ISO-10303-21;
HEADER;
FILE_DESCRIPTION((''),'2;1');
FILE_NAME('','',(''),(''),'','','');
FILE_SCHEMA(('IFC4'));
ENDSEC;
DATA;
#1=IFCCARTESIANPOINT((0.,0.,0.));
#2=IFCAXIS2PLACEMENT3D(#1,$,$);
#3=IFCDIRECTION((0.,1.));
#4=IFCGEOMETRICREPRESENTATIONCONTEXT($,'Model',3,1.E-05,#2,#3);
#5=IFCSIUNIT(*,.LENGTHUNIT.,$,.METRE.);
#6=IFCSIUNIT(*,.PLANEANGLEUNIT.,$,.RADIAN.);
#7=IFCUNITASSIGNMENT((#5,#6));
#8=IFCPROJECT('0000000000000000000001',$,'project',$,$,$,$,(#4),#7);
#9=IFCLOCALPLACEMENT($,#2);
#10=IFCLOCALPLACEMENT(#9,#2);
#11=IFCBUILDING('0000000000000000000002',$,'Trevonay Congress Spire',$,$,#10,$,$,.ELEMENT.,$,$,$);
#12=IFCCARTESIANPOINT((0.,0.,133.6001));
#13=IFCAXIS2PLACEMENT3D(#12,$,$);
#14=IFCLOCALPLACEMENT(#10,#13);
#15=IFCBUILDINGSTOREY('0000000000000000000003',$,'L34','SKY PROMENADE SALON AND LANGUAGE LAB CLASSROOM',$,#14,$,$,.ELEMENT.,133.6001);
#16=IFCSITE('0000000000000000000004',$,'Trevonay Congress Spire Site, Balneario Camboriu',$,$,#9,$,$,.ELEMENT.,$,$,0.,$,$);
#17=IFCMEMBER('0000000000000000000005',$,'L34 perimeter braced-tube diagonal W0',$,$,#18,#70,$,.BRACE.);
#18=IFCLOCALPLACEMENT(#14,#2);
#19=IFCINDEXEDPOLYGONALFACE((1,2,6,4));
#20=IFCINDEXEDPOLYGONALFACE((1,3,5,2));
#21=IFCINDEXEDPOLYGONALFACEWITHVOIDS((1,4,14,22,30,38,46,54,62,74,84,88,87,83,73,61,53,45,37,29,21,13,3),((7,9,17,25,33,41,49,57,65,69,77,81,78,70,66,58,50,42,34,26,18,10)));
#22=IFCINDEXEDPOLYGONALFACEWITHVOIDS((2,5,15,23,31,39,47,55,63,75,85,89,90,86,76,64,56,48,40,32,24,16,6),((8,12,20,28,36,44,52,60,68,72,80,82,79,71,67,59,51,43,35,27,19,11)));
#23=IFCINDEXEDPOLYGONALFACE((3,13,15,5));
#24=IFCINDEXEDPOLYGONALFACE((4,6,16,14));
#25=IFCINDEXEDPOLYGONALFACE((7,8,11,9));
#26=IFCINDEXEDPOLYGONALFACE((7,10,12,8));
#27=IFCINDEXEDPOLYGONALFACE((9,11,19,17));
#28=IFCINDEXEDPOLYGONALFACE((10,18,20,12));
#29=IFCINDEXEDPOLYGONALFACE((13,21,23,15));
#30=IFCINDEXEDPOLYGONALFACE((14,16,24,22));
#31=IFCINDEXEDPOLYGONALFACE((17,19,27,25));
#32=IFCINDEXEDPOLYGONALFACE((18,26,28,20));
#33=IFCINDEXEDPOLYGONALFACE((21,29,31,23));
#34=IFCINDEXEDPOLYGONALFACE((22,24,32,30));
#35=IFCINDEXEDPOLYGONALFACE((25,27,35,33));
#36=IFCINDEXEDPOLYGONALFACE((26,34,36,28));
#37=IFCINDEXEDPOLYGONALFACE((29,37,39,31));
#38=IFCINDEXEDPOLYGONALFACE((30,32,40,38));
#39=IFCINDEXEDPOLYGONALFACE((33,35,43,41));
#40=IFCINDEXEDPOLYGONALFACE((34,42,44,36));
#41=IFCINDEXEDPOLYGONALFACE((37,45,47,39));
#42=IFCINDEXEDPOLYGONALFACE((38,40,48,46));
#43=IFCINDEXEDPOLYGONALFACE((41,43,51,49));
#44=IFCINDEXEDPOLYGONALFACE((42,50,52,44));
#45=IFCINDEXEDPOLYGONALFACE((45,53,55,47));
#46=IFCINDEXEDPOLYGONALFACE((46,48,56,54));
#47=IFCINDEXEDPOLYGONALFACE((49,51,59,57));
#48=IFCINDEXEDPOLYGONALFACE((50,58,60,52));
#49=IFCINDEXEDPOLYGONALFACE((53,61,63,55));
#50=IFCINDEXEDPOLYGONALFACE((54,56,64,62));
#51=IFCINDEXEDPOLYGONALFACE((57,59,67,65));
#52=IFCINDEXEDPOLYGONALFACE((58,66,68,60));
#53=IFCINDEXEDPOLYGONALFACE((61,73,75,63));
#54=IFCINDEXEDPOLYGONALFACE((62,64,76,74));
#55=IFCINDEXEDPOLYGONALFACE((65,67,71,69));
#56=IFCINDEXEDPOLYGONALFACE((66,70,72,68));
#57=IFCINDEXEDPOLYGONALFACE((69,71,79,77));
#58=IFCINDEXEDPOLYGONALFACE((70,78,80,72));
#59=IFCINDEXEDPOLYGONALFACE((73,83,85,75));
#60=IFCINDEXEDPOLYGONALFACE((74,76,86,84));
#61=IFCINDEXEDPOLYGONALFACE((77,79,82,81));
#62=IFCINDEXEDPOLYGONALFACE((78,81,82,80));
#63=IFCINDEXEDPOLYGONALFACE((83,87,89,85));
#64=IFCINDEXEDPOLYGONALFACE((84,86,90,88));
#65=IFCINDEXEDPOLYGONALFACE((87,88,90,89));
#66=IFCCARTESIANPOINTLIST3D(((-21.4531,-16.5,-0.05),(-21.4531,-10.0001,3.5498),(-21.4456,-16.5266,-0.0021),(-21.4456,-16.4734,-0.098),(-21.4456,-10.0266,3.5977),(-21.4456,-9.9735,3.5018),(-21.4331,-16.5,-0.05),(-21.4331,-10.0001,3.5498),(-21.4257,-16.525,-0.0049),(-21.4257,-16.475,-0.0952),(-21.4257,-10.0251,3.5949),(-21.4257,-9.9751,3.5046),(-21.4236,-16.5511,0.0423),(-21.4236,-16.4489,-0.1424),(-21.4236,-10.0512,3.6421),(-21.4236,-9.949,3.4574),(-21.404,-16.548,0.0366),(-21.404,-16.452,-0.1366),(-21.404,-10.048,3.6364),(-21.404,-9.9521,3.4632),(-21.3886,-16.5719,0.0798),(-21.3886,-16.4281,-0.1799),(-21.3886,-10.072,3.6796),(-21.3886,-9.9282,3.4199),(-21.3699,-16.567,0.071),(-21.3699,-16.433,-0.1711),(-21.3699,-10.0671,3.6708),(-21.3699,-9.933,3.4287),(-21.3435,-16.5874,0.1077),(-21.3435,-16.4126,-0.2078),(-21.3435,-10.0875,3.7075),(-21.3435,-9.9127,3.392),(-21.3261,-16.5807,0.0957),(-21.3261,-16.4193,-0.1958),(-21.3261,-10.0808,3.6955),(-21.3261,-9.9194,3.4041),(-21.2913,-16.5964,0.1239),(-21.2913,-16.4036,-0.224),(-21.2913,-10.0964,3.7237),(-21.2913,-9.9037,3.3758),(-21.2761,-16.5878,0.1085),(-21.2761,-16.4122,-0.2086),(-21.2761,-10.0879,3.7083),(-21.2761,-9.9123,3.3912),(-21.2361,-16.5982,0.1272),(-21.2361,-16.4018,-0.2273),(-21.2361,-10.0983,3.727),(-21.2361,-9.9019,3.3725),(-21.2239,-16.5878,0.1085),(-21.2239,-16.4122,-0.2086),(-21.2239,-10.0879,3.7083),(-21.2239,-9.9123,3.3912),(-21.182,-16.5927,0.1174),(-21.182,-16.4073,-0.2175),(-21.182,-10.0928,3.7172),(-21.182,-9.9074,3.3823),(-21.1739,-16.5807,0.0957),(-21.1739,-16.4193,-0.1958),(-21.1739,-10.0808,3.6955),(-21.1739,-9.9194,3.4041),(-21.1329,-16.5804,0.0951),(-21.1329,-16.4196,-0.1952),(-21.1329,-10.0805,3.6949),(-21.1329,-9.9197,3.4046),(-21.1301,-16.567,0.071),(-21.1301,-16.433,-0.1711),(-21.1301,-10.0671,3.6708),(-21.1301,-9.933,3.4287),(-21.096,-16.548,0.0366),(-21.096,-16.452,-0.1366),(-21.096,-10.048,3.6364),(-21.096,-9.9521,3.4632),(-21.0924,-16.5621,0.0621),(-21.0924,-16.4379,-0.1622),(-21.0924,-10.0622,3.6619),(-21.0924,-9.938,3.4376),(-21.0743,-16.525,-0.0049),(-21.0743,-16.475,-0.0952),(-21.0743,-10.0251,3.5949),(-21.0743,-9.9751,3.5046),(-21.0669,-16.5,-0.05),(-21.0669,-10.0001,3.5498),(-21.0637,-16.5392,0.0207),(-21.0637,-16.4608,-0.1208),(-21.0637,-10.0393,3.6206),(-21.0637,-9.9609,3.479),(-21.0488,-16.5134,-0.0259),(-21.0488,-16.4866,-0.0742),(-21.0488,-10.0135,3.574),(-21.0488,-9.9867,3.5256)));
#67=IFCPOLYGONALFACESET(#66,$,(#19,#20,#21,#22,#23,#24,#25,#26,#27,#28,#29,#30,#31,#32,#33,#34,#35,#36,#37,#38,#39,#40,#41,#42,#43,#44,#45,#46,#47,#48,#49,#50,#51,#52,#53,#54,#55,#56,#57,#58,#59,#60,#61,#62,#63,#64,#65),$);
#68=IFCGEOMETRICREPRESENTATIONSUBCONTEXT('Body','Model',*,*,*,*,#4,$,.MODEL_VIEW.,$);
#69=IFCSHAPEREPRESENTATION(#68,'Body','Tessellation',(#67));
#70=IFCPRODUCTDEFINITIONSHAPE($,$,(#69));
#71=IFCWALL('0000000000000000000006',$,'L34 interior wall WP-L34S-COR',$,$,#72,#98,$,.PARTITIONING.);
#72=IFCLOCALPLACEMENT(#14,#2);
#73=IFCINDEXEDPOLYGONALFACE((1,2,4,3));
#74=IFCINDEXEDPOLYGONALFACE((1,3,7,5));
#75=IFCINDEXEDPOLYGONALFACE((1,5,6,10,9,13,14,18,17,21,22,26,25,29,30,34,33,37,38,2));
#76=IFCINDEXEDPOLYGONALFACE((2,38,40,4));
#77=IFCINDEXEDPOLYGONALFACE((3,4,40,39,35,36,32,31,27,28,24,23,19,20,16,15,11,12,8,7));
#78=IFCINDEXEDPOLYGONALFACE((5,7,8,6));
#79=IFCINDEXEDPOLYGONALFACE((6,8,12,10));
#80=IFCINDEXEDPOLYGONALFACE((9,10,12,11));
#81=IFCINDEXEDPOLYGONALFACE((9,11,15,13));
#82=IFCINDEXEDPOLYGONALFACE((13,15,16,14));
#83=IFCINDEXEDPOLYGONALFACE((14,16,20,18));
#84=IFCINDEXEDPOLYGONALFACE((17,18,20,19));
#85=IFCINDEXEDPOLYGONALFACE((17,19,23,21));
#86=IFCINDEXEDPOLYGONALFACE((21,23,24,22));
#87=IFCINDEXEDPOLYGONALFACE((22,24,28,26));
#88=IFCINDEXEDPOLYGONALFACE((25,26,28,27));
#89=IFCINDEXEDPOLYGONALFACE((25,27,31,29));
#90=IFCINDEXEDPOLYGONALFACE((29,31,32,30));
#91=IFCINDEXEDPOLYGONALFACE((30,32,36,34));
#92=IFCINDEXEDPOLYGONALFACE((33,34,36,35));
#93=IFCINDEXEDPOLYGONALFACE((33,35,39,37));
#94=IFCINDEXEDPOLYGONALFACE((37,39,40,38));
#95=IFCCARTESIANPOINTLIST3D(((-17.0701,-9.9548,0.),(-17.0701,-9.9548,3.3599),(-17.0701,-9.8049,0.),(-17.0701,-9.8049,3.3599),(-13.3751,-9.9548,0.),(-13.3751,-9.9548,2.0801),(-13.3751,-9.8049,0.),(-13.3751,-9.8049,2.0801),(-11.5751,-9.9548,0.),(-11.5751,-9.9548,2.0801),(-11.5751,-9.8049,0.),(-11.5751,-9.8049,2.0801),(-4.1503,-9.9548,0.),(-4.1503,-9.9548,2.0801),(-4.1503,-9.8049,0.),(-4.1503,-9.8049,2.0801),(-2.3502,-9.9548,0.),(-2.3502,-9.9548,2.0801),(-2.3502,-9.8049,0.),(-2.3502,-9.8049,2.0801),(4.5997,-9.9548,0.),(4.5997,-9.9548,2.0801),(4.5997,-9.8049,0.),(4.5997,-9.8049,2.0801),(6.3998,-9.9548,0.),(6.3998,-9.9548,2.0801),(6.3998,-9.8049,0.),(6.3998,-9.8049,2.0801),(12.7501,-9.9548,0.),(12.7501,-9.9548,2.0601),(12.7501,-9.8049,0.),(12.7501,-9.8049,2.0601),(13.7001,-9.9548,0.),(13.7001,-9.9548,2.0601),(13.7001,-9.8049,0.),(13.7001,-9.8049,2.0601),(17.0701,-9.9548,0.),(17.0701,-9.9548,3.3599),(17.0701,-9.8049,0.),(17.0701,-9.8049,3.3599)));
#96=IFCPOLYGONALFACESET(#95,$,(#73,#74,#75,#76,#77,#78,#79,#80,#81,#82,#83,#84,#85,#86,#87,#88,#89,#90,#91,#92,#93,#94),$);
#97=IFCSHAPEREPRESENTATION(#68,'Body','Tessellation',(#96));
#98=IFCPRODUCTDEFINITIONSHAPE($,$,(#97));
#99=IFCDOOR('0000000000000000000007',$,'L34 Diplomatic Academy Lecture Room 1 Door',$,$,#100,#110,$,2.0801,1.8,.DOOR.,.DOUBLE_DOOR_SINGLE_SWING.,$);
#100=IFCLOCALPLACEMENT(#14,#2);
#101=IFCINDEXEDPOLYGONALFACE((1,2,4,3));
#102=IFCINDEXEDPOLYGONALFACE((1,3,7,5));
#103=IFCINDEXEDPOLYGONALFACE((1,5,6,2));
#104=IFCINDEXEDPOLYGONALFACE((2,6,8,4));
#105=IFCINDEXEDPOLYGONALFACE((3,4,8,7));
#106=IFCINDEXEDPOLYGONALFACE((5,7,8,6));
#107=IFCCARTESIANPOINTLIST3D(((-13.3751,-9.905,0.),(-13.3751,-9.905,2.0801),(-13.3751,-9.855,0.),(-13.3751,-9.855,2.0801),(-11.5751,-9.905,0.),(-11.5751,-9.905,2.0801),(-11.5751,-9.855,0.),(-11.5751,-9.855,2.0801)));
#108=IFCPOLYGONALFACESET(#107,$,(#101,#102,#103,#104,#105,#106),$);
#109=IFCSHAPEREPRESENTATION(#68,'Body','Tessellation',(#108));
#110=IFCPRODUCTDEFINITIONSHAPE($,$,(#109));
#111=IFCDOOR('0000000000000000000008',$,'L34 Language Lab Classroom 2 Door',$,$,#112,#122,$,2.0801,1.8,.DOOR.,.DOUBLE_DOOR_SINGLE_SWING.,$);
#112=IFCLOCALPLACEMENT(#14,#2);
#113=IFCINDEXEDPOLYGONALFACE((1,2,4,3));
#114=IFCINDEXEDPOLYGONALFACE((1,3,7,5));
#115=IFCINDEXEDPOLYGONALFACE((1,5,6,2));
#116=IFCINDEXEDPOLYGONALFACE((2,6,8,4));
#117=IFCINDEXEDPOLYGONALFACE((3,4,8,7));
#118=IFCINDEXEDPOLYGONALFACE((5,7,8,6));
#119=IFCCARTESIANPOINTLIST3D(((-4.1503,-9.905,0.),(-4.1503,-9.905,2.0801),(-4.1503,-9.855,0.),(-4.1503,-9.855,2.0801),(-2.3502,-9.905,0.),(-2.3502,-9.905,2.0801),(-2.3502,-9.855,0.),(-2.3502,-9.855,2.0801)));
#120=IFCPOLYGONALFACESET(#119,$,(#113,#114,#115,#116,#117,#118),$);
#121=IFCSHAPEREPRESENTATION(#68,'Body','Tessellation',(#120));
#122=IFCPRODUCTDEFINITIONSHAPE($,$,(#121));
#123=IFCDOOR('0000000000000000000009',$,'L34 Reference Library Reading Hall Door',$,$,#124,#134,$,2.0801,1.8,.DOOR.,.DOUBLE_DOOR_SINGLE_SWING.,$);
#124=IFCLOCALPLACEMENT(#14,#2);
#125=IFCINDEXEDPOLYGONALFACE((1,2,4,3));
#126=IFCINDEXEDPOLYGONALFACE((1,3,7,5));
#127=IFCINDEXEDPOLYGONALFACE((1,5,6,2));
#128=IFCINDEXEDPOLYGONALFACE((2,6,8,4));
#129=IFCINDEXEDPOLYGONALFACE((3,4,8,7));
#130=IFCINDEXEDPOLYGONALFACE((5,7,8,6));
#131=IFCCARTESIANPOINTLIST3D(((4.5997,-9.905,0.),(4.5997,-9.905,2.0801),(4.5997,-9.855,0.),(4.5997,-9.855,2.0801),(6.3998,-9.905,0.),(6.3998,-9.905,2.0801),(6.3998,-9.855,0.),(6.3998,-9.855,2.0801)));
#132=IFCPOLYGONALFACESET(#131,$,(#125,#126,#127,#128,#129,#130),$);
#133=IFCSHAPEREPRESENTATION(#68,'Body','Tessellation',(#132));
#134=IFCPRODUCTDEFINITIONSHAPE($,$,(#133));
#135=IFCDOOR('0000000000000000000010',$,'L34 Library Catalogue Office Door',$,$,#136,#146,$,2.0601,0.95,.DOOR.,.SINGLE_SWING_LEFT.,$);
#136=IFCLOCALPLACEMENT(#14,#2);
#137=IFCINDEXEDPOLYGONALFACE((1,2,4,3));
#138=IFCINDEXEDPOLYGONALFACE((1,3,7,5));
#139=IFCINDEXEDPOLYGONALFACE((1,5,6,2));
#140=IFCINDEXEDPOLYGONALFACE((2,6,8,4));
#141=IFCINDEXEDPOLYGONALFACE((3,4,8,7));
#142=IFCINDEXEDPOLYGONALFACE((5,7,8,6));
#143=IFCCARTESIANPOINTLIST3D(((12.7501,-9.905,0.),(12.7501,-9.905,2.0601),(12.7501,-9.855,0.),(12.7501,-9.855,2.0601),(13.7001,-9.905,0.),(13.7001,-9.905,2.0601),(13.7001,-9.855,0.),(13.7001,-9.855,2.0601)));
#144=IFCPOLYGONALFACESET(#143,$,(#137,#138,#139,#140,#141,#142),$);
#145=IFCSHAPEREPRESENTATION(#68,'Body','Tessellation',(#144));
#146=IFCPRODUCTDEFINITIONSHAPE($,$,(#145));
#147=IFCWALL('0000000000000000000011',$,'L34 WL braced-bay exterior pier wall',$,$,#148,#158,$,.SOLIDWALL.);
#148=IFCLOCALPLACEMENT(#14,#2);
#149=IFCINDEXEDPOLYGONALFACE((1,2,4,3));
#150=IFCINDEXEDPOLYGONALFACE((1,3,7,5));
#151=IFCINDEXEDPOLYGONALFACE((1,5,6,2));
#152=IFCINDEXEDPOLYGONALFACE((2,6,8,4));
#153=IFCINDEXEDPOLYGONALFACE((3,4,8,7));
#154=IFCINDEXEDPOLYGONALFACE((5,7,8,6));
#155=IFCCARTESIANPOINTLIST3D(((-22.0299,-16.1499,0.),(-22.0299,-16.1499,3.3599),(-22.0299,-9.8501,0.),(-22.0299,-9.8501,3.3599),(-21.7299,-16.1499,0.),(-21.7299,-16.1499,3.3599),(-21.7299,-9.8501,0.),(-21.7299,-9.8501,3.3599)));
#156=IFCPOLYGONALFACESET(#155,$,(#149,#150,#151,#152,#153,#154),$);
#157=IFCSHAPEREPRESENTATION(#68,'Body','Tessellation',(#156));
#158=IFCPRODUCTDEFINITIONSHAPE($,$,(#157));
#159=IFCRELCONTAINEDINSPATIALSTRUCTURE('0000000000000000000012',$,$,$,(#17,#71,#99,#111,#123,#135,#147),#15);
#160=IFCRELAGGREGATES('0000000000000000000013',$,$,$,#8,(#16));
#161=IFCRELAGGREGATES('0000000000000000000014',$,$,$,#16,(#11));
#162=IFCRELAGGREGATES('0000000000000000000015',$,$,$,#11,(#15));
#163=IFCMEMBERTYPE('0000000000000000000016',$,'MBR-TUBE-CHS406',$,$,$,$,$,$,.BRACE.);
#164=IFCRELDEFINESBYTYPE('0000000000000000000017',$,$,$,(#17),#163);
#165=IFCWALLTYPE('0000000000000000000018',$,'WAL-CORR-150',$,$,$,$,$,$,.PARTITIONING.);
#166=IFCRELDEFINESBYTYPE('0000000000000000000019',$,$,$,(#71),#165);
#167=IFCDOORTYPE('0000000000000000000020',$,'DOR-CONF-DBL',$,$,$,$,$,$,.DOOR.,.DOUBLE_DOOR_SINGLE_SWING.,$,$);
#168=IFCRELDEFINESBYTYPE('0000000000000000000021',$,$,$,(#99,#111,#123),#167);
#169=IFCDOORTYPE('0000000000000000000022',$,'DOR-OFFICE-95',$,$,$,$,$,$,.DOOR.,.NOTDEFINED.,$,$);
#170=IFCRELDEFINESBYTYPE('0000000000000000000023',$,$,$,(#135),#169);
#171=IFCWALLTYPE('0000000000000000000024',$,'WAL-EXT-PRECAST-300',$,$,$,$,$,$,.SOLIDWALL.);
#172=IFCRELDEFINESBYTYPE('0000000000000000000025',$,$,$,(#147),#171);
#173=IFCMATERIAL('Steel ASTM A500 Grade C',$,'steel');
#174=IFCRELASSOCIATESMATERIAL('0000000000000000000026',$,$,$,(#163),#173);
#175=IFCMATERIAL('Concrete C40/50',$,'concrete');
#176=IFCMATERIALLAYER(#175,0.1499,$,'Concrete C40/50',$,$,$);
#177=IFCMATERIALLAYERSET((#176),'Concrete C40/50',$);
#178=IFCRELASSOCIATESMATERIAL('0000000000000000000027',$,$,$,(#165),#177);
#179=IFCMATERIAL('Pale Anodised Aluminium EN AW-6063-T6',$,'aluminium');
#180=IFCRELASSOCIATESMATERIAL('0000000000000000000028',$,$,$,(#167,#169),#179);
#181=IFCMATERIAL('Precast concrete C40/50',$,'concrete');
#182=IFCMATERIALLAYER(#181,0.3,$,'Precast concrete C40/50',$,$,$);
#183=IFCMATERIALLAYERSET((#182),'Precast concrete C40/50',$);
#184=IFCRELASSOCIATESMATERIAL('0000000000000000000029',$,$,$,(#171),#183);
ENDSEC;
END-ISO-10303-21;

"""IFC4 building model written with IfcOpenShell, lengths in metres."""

from ifc_helpers import new_model, si_unit, direction, frame, frame_2d, origin, origin_2d, place, context, subcontext, project, spatial, rectangle, hollow_circle, extrude, material, layer, layer_set, material_profile, profile_set, type_object, element, fill, save


model = new_model("IFC4")

# Units and contexts
model_context = context("Model", 3, precision=1e-05, world=origin(), true_north=direction((0.0, 1.0)))
body_context = subcontext(model_context, "Body", "Model", "MODEL_VIEW")
ifc_project = project(units=[si_unit("LENGTHUNIT", "METRE"), si_unit("PLANEANGLEUNIT", "RADIAN")], contexts=[model_context])

# Site, building, storey
site_placement = place(None, origin())
site = spatial("IfcSite", under=ifc_project, at=site_placement, Name="Trevonay Congress Spire Site, Balneario Camboriu", CompositionType="ELEMENT", RefElevation=0.0)
building_placement = place(site_placement, origin())
building = spatial("IfcBuilding", under=site, at=building_placement, Name="Trevonay Congress Spire", CompositionType="ELEMENT")
storey_placement = place(building_placement, frame((0.0, 0.0, 133.6001)))
storey = spatial("IfcBuildingStorey", under=building, at=storey_placement, Name="L34", Description="SKY PROMENADE SALON AND LANGUAGE LAB CLASSROOM", CompositionType="ELEMENT", Elevation=133.6001)

# Shared definitions
ifc_material_1 = material(Name="Pale Anodised Aluminium EN AW-6063-T6", Category="aluminium")

# Member
ifc_material_2 = material(Name="Steel ASTM A500 Grade C", Category="steel")
ifc_material_profile_1 = material_profile(ifc_material_2, hollow_circle(Radius=0.2031, WallThickness=0.02, at=origin_2d()), Name="CHS 406.4x20")
ifc_profile_set_1 = profile_set([ifc_material_profile_1], Name="Steel ASTM A500 Grade C")
member_type_1 = type_object("IfcMemberType", Name="MBR-TUBE-CHS406", PredefinedType="BRACE", material=ifc_profile_set_1)
for number, where, z_axis, x_axis, name in (
    (1, (-21.25, -16.5, -0.05), (0.0, 0.8748, 0.484485), (-1.0, 0.0, 0.0), "L34 perimeter braced-tube diagonal W0"),
):
    element("IfcMember", number, at=place(storey_placement, frame(where, z_axis=z_axis, x_axis=x_axis)), inside=storey, type_object=member_type_1, Name=name, PredefinedType="BRACE", context=body_context, shape_type="SweptSolid", body=[
        extrude(hollow_circle(Radius=0.2031, WallThickness=0.02, at=origin_2d()), origin(), (0.0, 0.0, 1.0), 7.4302),
    ])

# Wall, openings, doors
ifc_material_3 = material(Name="Concrete C40/50", Category="concrete")
ifc_layer_1 = layer(ifc_material_3, 0.1499, Name="Concrete C40/50")
ifc_layer_set_1 = layer_set([ifc_layer_1], Name="Concrete C40/50")
wall_type_1 = type_object("IfcWallType", Name="WAL-CORR-150", PredefinedType="PARTITIONING", material=ifc_layer_set_1)
wall_1_placement = place(storey_placement, frame((-17.0701, -9.8799, 0.0), z_axis=(0.0, 0.0, 1.0), x_axis=(1.0, 0.0, 0.0)))
wall_1 = element("IfcWall", 2, at=wall_1_placement, inside=storey, type_object=wall_type_1, Name="L34 interior wall WP-L34S-COR", PredefinedType="PARTITIONING", context=body_context, shape_type="SweptSolid", body=[
    extrude(rectangle(XDim=34.1401, YDim=0.1499, at=frame_2d((17.0701, 0.0))), origin(), (0.0, 0.0, 1.0), 3.3599),
])
opening_1_placement = place(wall_1_placement, frame((3.6951, 0.0, 0.0)))
opening_1 = element("IfcOpeningElement", 3, at=opening_1_placement, cuts=wall_1, PredefinedType="OPENING", context=body_context, shape_type="SweptSolid", body=[
    extrude(rectangle(XDim=1.8, YDim=2.0801, at=frame_2d((0.8999, 1.04))), frame((0.0, 0.085, 0.0), z_axis=(0.0, -1.0, 0.0), x_axis=(1.0, 0.0, 0.0)), (0.0, 0.0, 1.0), 0.1699),
])
opening_2_placement = place(wall_1_placement, frame((12.9199, 0.0, 0.0)))
opening_2 = element("IfcOpeningElement", 4, at=opening_2_placement, cuts=wall_1, PredefinedType="OPENING", context=body_context, shape_type="SweptSolid", body=[
    extrude(rectangle(XDim=1.8, YDim=2.0801, at=frame_2d((0.8999, 1.04))), frame((0.0, 0.085, 0.0), z_axis=(0.0, -1.0, 0.0), x_axis=(1.0, 0.0, 0.0)), (0.0, 0.0, 1.0), 0.1699),
])
opening_3_placement = place(wall_1_placement, frame((21.6699, 0.0, 0.0)))
opening_3 = element("IfcOpeningElement", 5, at=opening_3_placement, cuts=wall_1, PredefinedType="OPENING", context=body_context, shape_type="SweptSolid", body=[
    extrude(rectangle(XDim=1.8, YDim=2.0801, at=frame_2d((0.8999, 1.04))), frame((0.0, 0.085, 0.0), z_axis=(0.0, -1.0, 0.0), x_axis=(1.0, 0.0, 0.0)), (0.0, 0.0, 1.0), 0.1699),
])
opening_4_placement = place(wall_1_placement, frame((29.8201, 0.0, 0.0)))
opening_4 = element("IfcOpeningElement", 6, at=opening_4_placement, cuts=wall_1, PredefinedType="OPENING", context=body_context, shape_type="SweptSolid", body=[
    extrude(rectangle(XDim=0.95, YDim=2.0601, at=frame_2d((0.4751, 1.03))), frame((0.0, 0.085, 0.0), z_axis=(0.0, -1.0, 0.0), x_axis=(1.0, 0.0, 0.0)), (0.0, 0.0, 1.0), 0.1699),
])
door_type_1 = type_object("IfcDoorType", Name="DOR-CONF-DBL", OperationType="DOUBLE_DOOR_SINGLE_SWING", PredefinedType="DOOR", material=ifc_material_1)
door_1_placement = place(opening_1_placement, origin())
door_1 = element("IfcDoor", 7, at=door_1_placement, inside=storey, type_object=door_type_1, Name="L34 Diplomatic Academy Lecture Room 1 Door", OperationType="DOUBLE_DOOR_SINGLE_SWING", OverallHeight=2.0801, OverallWidth=1.8, PredefinedType="DOOR", context=body_context, shape_type="SweptSolid", body=[
    extrude(rectangle(XDim=1.8, YDim=2.0801, at=frame_2d((0.8999, 1.04))), frame((0.0, 0.0249, 0.0), z_axis=(0.0, -1.0, 0.0), x_axis=(1.0, 0.0, 0.0)), (0.0, 0.0, 1.0), 0.05),
])
fill(opening_1, door_1)
door_2_placement = place(opening_2_placement, origin())
door_2 = element("IfcDoor", 8, at=door_2_placement, inside=storey, type_object=door_type_1, Name="L34 Language Lab Classroom 2 Door", OperationType="DOUBLE_DOOR_SINGLE_SWING", OverallHeight=2.0801, OverallWidth=1.8, PredefinedType="DOOR", context=body_context, shape_type="SweptSolid", body=[
    extrude(rectangle(XDim=1.8, YDim=2.0801, at=frame_2d((0.8999, 1.04))), frame((0.0, 0.0249, 0.0), z_axis=(0.0, -1.0, 0.0), x_axis=(1.0, 0.0, 0.0)), (0.0, 0.0, 1.0), 0.05),
])
fill(opening_2, door_2)
door_3_placement = place(opening_3_placement, origin())
door_3 = element("IfcDoor", 9, at=door_3_placement, inside=storey, type_object=door_type_1, Name="L34 Reference Library Reading Hall Door", OperationType="DOUBLE_DOOR_SINGLE_SWING", OverallHeight=2.0801, OverallWidth=1.8, PredefinedType="DOOR", context=body_context, shape_type="SweptSolid", body=[
    extrude(rectangle(XDim=1.8, YDim=2.0801, at=frame_2d((0.8999, 1.04))), frame((0.0, 0.0249, 0.0), z_axis=(0.0, -1.0, 0.0), x_axis=(1.0, 0.0, 0.0)), (0.0, 0.0, 1.0), 0.05),
])
fill(opening_3, door_3)
door_type_2 = type_object("IfcDoorType", Name="DOR-OFFICE-95", OperationType="NOTDEFINED", PredefinedType="DOOR", material=ifc_material_1)
door_4_placement = place(opening_4_placement, origin())
door_4 = element("IfcDoor", 10, at=door_4_placement, inside=storey, type_object=door_type_2, Name="L34 Library Catalogue Office Door", OperationType="SINGLE_SWING_LEFT", OverallHeight=2.0601, OverallWidth=0.95, PredefinedType="DOOR", context=body_context, shape_type="SweptSolid", body=[
    extrude(rectangle(XDim=0.95, YDim=2.0601, at=frame_2d((0.4751, 1.03))), frame((0.0, 0.0249, 0.0), z_axis=(0.0, -1.0, 0.0), x_axis=(1.0, 0.0, 0.0)), (0.0, 0.0, 1.0), 0.05),
])
fill(opening_4, door_4)

# Wall
ifc_material_4 = material(Name="Precast concrete C40/50", Category="concrete")
ifc_layer_2 = layer(ifc_material_4, 0.3, Name="Precast concrete C40/50")
ifc_layer_set_2 = layer_set([ifc_layer_2], Name="Precast concrete C40/50")
wall_type_2 = type_object("IfcWallType", Name="WAL-EXT-PRECAST-300", PredefinedType="SOLIDWALL", material=ifc_layer_set_2)
wall_2_placement = place(storey_placement, frame((-21.8799, -16.1499, 0.0), z_axis=(0.0, 0.0, 1.0), x_axis=(0.0, 1.0, 0.0)))
element("IfcWall", 11, at=wall_2_placement, inside=storey, type_object=wall_type_2, Name="L34 WL braced-bay exterior pier wall", PredefinedType="SOLIDWALL", context=body_context, shape_type="SweptSolid", body=[
    extrude(rectangle(XDim=6.2998, YDim=0.3, at=frame_2d((3.1499, 0.0))), origin(), (0.0, 0.0, 1.0), 3.3599),
])

save(model, "model.ifc")
